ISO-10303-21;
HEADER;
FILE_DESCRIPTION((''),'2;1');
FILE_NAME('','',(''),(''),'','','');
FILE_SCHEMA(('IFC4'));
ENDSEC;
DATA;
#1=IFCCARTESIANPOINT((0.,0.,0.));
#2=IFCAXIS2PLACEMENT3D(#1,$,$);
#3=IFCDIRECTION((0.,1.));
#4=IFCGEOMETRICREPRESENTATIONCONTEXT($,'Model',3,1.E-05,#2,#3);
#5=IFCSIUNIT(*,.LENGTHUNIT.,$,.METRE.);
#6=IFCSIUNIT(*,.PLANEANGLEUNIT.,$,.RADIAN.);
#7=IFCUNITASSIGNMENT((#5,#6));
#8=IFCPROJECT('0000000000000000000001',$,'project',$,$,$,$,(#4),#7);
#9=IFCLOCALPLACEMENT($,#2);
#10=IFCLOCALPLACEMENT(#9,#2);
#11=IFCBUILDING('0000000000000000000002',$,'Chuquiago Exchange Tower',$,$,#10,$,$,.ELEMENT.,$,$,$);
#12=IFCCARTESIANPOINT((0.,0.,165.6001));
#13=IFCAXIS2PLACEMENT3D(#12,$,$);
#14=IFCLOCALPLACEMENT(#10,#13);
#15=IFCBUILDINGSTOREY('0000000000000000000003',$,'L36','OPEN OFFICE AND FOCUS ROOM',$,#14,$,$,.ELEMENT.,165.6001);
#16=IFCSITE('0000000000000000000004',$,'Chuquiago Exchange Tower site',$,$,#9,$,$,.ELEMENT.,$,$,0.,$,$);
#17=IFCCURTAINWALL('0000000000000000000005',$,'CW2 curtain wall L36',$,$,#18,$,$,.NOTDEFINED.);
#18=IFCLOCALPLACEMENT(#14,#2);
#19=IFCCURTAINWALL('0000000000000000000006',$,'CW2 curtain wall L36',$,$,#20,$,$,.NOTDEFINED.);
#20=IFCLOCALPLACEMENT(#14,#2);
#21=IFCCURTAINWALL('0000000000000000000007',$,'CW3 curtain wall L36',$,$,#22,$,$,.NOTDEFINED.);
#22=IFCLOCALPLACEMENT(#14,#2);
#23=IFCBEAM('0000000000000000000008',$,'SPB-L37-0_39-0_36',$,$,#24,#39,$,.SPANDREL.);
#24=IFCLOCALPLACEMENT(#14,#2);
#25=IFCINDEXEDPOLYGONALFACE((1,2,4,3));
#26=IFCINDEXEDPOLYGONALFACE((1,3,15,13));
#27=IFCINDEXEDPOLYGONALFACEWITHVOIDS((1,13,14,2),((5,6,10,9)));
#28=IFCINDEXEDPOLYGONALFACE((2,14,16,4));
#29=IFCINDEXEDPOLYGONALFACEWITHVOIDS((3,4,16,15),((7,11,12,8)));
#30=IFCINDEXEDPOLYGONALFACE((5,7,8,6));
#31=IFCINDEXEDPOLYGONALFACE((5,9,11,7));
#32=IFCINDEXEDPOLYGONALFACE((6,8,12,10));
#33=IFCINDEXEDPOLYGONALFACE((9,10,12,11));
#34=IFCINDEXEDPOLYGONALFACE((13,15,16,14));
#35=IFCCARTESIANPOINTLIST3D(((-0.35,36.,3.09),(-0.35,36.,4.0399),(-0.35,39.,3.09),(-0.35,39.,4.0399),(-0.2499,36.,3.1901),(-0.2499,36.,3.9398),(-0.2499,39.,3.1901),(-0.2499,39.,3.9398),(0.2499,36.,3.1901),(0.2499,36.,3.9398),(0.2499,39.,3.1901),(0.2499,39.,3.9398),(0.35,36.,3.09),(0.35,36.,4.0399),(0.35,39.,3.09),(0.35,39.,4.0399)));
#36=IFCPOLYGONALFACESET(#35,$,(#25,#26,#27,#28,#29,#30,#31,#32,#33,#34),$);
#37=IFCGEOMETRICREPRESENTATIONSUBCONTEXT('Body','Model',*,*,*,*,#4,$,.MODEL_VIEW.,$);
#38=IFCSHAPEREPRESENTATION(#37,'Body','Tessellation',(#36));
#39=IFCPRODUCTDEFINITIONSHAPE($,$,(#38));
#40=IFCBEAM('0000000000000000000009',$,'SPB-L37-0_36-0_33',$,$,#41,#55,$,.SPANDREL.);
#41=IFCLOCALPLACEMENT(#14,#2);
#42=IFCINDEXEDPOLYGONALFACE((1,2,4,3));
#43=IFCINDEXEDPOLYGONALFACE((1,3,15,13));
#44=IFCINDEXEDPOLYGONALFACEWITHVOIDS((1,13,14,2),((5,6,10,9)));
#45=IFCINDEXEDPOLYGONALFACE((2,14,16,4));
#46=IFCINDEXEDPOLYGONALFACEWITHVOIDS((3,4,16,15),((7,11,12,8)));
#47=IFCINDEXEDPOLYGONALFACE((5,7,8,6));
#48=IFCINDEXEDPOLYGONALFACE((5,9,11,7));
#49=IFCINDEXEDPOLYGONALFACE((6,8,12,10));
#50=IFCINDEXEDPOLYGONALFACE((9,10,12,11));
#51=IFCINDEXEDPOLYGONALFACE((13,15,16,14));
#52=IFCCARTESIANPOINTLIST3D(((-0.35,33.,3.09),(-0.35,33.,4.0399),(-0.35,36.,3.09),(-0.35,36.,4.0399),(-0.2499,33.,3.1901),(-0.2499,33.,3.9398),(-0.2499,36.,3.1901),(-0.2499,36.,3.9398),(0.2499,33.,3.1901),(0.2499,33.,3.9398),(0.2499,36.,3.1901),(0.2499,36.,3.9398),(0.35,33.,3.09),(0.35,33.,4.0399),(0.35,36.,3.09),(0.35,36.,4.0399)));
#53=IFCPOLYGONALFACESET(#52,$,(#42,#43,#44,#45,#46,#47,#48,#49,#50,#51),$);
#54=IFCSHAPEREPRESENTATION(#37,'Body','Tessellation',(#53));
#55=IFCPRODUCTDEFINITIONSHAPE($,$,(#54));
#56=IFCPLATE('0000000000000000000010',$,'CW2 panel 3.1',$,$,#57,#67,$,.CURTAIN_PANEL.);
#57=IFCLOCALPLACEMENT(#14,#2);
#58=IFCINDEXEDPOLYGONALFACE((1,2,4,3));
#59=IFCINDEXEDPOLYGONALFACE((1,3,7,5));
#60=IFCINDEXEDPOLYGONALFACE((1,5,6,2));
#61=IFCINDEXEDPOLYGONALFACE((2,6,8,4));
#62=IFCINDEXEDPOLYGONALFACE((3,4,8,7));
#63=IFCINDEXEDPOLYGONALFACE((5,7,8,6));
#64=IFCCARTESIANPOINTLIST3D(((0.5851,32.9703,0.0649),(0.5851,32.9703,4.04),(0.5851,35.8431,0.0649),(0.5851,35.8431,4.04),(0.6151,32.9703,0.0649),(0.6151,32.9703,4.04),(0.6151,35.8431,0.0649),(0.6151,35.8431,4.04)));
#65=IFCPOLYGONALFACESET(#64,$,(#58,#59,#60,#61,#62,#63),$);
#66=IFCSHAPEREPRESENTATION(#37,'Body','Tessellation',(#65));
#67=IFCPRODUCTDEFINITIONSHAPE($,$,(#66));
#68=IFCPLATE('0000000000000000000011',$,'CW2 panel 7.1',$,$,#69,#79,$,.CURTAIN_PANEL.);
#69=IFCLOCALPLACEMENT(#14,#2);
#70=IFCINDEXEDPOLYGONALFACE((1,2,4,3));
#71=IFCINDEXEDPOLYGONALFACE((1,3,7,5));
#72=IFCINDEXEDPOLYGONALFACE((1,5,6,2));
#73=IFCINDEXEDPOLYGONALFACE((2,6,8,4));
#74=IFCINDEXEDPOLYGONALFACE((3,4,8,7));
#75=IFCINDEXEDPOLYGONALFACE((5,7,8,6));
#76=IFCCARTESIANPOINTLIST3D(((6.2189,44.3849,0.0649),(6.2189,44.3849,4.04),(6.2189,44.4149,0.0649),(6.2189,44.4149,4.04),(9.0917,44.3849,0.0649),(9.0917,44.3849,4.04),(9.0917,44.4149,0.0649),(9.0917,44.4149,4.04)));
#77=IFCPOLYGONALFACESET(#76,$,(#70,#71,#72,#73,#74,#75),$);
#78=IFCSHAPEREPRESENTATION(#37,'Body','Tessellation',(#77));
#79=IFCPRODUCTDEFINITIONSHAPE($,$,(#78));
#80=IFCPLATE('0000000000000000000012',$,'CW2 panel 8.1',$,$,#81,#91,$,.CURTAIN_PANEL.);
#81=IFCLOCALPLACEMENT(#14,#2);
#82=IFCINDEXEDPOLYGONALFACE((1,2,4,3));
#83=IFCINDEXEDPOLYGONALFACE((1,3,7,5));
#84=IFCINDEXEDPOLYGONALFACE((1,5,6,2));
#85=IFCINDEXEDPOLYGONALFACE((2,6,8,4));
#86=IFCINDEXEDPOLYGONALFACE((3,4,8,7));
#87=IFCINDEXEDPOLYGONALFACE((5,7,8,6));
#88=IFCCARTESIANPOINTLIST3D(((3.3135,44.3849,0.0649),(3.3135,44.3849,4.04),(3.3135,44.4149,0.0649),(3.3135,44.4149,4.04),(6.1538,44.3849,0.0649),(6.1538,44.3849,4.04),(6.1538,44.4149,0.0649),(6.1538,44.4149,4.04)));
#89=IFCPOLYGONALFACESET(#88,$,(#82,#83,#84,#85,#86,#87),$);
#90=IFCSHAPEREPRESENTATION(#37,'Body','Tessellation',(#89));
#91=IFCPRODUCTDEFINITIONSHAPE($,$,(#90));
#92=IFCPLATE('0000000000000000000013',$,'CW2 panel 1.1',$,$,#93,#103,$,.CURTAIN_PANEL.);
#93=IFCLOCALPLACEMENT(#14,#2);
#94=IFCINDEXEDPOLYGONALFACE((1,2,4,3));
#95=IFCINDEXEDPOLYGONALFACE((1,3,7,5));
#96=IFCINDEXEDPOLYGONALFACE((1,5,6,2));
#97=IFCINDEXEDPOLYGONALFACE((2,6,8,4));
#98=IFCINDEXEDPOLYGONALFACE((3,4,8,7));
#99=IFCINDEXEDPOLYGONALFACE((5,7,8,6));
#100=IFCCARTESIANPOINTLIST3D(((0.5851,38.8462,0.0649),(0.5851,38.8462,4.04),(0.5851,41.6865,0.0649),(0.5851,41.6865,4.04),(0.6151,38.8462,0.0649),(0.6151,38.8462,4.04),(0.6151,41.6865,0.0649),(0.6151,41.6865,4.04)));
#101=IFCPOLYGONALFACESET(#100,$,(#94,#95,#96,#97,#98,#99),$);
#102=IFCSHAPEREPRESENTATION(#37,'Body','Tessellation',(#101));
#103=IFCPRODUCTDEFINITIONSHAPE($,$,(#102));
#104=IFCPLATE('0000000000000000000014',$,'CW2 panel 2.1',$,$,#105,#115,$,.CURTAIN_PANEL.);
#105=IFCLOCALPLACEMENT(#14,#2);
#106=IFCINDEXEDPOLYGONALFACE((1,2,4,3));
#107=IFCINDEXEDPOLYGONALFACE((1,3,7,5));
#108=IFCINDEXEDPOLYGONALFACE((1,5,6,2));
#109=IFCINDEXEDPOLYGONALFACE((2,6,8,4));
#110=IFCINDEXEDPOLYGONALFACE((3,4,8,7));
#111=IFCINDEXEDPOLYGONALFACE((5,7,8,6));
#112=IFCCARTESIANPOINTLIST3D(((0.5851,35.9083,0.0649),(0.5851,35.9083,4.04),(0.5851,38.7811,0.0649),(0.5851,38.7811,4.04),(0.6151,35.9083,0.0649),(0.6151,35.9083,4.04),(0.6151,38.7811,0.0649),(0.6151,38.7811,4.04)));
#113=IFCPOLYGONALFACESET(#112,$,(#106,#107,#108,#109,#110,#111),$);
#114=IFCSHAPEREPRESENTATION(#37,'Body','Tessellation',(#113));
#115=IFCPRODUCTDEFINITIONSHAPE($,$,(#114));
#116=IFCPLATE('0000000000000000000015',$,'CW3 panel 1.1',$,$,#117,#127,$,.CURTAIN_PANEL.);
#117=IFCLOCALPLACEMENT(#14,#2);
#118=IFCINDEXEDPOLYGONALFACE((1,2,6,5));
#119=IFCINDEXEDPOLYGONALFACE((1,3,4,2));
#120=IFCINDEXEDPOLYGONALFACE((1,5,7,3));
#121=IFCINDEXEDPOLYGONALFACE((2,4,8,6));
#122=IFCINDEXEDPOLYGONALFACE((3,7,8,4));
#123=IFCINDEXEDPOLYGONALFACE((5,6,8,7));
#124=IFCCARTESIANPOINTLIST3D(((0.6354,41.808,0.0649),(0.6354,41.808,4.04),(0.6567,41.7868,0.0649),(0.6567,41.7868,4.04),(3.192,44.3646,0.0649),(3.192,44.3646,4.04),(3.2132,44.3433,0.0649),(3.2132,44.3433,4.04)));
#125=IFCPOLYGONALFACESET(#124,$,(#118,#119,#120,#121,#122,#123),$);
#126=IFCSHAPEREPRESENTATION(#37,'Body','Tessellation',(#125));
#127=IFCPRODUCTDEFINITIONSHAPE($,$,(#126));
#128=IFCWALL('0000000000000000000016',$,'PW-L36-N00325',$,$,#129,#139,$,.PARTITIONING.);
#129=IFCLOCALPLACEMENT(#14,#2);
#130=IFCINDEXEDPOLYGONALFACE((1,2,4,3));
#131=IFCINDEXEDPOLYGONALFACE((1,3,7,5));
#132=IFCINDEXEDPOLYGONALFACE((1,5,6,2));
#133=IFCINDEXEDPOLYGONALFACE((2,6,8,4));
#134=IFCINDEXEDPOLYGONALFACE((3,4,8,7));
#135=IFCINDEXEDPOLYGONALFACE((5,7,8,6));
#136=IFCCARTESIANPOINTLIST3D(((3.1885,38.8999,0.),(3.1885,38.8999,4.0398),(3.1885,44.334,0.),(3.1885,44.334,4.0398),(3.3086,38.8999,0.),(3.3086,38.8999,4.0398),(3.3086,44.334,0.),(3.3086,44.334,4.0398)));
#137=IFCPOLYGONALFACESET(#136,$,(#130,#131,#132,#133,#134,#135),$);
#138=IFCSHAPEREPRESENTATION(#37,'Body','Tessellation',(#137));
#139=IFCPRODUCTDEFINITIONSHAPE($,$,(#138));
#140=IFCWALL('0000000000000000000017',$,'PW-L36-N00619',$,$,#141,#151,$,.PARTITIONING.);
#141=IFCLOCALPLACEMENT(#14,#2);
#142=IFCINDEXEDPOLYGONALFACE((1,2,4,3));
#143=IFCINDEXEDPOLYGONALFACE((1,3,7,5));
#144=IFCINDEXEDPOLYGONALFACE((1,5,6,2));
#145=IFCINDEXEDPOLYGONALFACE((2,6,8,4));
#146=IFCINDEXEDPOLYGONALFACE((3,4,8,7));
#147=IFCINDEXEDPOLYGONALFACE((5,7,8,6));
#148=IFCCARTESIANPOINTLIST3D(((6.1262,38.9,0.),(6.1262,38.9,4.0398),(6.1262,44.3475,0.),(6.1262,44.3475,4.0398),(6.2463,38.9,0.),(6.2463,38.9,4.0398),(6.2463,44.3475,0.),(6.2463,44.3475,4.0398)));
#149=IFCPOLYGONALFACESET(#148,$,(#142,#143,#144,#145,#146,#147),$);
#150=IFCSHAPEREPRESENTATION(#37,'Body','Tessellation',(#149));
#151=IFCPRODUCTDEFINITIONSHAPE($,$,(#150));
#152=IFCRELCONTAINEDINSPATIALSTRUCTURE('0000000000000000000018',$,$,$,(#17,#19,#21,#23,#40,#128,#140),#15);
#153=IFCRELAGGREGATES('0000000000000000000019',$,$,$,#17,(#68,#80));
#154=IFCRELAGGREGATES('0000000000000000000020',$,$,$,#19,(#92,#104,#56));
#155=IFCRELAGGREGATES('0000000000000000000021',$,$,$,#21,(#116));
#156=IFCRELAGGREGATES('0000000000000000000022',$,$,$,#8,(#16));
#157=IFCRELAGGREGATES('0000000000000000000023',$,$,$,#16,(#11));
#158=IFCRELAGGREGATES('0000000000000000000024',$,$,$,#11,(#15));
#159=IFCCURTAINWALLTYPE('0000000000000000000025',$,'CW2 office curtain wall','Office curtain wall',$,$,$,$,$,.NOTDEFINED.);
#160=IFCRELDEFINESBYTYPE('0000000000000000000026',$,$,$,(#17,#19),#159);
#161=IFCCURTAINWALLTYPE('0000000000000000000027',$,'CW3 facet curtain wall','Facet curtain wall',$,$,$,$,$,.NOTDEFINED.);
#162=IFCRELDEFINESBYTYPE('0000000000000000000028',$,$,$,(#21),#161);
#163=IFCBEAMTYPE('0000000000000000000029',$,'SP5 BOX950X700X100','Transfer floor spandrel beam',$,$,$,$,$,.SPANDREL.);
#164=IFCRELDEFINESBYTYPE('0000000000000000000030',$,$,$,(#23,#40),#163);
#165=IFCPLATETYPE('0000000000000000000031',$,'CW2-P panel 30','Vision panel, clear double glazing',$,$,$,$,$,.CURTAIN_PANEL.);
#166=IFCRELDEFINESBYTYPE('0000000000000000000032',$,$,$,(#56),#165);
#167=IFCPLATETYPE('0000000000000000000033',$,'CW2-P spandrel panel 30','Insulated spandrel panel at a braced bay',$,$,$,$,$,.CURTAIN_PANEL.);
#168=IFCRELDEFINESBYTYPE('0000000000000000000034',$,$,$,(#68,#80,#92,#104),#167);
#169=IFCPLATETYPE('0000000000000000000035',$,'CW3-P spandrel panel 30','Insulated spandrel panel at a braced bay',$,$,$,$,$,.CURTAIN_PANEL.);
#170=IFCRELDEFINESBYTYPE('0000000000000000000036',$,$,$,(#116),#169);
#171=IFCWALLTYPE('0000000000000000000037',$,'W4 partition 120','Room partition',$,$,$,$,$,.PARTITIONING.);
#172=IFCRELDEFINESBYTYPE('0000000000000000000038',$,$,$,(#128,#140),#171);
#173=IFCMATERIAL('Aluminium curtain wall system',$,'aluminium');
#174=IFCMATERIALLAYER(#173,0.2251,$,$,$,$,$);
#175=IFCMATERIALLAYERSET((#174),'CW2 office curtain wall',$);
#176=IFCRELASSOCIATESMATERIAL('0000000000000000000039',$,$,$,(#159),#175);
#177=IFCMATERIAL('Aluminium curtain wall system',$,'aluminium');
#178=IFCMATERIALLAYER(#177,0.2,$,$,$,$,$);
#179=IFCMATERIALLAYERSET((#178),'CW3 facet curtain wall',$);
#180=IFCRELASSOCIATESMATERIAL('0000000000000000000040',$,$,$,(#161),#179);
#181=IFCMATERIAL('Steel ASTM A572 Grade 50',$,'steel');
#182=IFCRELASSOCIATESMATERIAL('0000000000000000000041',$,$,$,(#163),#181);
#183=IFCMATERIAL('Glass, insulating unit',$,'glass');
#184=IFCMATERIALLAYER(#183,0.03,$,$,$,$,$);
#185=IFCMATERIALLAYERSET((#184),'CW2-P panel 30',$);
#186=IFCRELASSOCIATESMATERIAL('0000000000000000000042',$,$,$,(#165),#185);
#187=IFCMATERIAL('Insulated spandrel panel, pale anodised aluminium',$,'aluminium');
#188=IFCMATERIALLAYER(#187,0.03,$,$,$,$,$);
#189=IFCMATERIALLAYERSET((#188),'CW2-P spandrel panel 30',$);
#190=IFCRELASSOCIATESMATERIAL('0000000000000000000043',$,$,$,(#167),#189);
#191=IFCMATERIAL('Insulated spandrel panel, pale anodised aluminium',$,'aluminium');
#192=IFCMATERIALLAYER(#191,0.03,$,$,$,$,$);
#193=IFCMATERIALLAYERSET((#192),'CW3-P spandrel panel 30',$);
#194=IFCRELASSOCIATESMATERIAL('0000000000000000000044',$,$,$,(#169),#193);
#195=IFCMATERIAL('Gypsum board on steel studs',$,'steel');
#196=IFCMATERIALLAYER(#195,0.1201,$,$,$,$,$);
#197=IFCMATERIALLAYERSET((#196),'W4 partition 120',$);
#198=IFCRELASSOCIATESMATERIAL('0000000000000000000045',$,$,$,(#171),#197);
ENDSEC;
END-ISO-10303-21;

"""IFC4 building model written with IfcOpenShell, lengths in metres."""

from ifc_helpers import new_model, si_unit, direction, frame, frame_2d, origin, origin_2d, place, context, subcontext, project, spatial, rectangle, hollow_rectangle, extrude, material, layer, layer_set, material_profile, profile_set, type_object, element, aggregate, save


model = new_model("IFC4")

# Units and contexts
model_context = context("Model", 3, precision=1e-05, world=origin(), true_north=direction((0.0, 1.0)))
body_context = subcontext(model_context, "Body", "Model", "MODEL_VIEW")
ifc_project = project(units=[si_unit("LENGTHUNIT", "METRE"), si_unit("PLANEANGLEUNIT", "RADIAN")], contexts=[model_context])

# Site, building, storey
site_placement = place(None, origin())
site = spatial("IfcSite", under=ifc_project, at=site_placement, Name="Chuquiago Exchange Tower site", CompositionType="ELEMENT", RefElevation=0.0)
building_placement = place(site_placement, origin())
building = spatial("IfcBuilding", under=site, at=building_placement, Name="Chuquiago Exchange Tower", CompositionType="ELEMENT")
storey_placement = place(building_placement, frame((0.0, 0.0, 165.6001)))
storey = spatial("IfcBuildingStorey", under=building, at=storey_placement, Name="L36", Description="OPEN OFFICE AND FOCUS ROOM", CompositionType="ELEMENT", Elevation=165.6001)

# Curtain walls
ifc_material_1 = material(Name="Aluminium curtain wall system", Category="aluminium")
ifc_layer_1 = layer(ifc_material_1, 0.2251)
ifc_layer_set_1 = layer_set([ifc_layer_1], Name="CW2 office curtain wall")
curtain_wall_type_1 = type_object("IfcCurtainWallType", Name="CW2 office curtain wall", Description="Office curtain wall", PredefinedType="NOTDEFINED", material=ifc_layer_set_1)
curtain_wall_1_placement = place(storey_placement, origin())
curtain_wall_1 = element("IfcCurtainWall", 1, at=curtain_wall_1_placement, inside=storey, type_object=curtain_wall_type_1, Name="CW2 curtain wall L36", PredefinedType="NOTDEFINED")
curtain_wall_2_placement = place(storey_placement, origin())
curtain_wall_2 = element("IfcCurtainWall", 2, at=curtain_wall_2_placement, inside=storey, type_object=curtain_wall_type_1, Name="CW2 curtain wall L36", PredefinedType="NOTDEFINED")

# Curtain wall
ifc_material_2 = material(Name="Aluminium curtain wall system", Category="aluminium")
ifc_layer_2 = layer(ifc_material_2, 0.2)
ifc_layer_set_2 = layer_set([ifc_layer_2], Name="CW3 facet curtain wall")
curtain_wall_type_2 = type_object("IfcCurtainWallType", Name="CW3 facet curtain wall", Description="Facet curtain wall", PredefinedType="NOTDEFINED", material=ifc_layer_set_2)
curtain_wall_3_placement = place(storey_placement, origin())
curtain_wall_3 = element("IfcCurtainWall", 3, at=curtain_wall_3_placement, inside=storey, type_object=curtain_wall_type_2, Name="CW3 curtain wall L36", PredefinedType="NOTDEFINED")

# Beams
ifc_material_3 = material(Name="Steel ASTM A572 Grade 50", Category="steel")
ifc_material_profile_1 = material_profile(ifc_material_3, hollow_rectangle(XDim=0.7, YDim=0.95, WallThickness=0.1001, at=origin_2d()), Name="BOX950X700X100")
ifc_profile_set_1 = profile_set([ifc_material_profile_1], Name="Steel ASTM A572 Grade 50")
beam_type = type_object("IfcBeamType", Name="SP5 BOX950X700X100", Description="Transfer floor spandrel beam", PredefinedType="SPANDREL", material=ifc_profile_set_1)
for number, where, z_axis, x_axis, name in (
    (4, (0.0, 39.0, 3.5649), (0.0, -1.0, 0.0), (1.0, 0.0, 0.0), "SPB-L37-0_39-0_36"),
    (5, (0.0, 36.0, 3.5649), (0.0, -1.0, 0.0), (1.0, 0.0, 0.0), "SPB-L37-0_36-0_33"),
):
    element("IfcBeam", number, at=place(storey_placement, frame(where, z_axis=z_axis, x_axis=x_axis)), inside=storey, type_object=beam_type, Name=name, PredefinedType="SPANDREL", context=body_context, shape_type="SweptSolid", body=[
        extrude(hollow_rectangle(XDim=0.7, YDim=0.95, WallThickness=0.1001, at=origin_2d()), origin(), (0.0, 0.0, 1.0), 3.0),
    ])

# Plates
ifc_material_4 = material(Name="Glass, insulating unit", Category="glass")
ifc_layer_3 = layer(ifc_material_4, 0.03)
ifc_layer_set_3 = layer_set([ifc_layer_3], Name="CW2-P panel 30")
plate_type_1 = type_object("IfcPlateType", Name="CW2-P panel 30", Description="Vision panel, clear double glazing", PredefinedType="CURTAIN_PANEL", material=ifc_layer_set_3)
plate_1_placement = place(storey_placement, frame((0.6001, 34.4067, 0.0649), z_axis=(0.0, 0.0, 1.0), x_axis=(0.0, -1.0, 0.0)))
plate_1 = element("IfcPlate", 6, at=plate_1_placement, type_object=plate_type_1, Name="CW2 panel 3.1", PredefinedType="CURTAIN_PANEL", context=body_context, shape_type="SweptSolid", body=[
    extrude(rectangle(XDim=2.8728, YDim=0.03, at=origin_2d()), origin(), (0.0, 0.0, 1.0), 3.9751),
])
ifc_material_5 = material(Name="Insulated spandrel panel, pale anodised aluminium", Category="aluminium")
ifc_layer_4 = layer(ifc_material_5, 0.03)
ifc_layer_set_4 = layer_set([ifc_layer_4], Name="CW2-P spandrel panel 30")
plate_type_2 = type_object("IfcPlateType", Name="CW2-P spandrel panel 30", Description="Insulated spandrel panel at a braced bay", PredefinedType="CURTAIN_PANEL", material=ifc_layer_set_4)
plate_2_placement = place(storey_placement, frame((7.6553, 44.3999, 0.0649), z_axis=(0.0, 0.0, 1.0), x_axis=(-1.0, 0.0, 0.0)))
plate_2 = element("IfcPlate", 7, at=plate_2_placement, type_object=plate_type_2, Name="CW2 panel 7.1", PredefinedType="CURTAIN_PANEL", context=body_context, shape_type="SweptSolid", body=[
    extrude(rectangle(XDim=2.8728, YDim=0.03, at=origin_2d()), origin(), (0.0, 0.0, 1.0), 3.9751),
])
plate_3_placement = place(storey_placement, frame((4.7336, 44.3999, 0.0649), z_axis=(0.0, 0.0, 1.0), x_axis=(-1.0, 0.0, 0.0)))
plate_3 = element("IfcPlate", 8, at=plate_3_placement, type_object=plate_type_2, Name="CW2 panel 8.1", PredefinedType="CURTAIN_PANEL", context=body_context, shape_type="SweptSolid", body=[
    extrude(rectangle(XDim=2.8403, YDim=0.03, at=origin_2d()), origin(), (0.0, 0.0, 1.0), 3.9751),
])
aggregate(curtain_wall_1, [plate_2, plate_3])
plate_4_placement = place(storey_placement, frame((0.6001, 40.2664, 0.0649), z_axis=(0.0, 0.0, 1.0), x_axis=(0.0, -1.0, 0.0)))
plate_4 = element("IfcPlate", 9, at=plate_4_placement, type_object=plate_type_2, Name="CW2 panel 1.1", PredefinedType="CURTAIN_PANEL", context=body_context, shape_type="SweptSolid", body=[
    extrude(rectangle(XDim=2.8403, YDim=0.03, at=origin_2d()), origin(), (0.0, 0.0, 1.0), 3.9751),
])
plate_5_placement = place(storey_placement, frame((0.6001, 37.3447, 0.0649), z_axis=(0.0, 0.0, 1.0), x_axis=(0.0, -1.0, 0.0)))
plate_5 = element("IfcPlate", 10, at=plate_5_placement, type_object=plate_type_2, Name="CW2 panel 2.1", PredefinedType="CURTAIN_PANEL", context=body_context, shape_type="SweptSolid", body=[
    extrude(rectangle(XDim=2.8728, YDim=0.03, at=origin_2d()), origin(), (0.0, 0.0, 1.0), 3.9751),
])
aggregate(curtain_wall_2, [plate_4, plate_5, plate_1])
ifc_material_6 = material(Name="Insulated spandrel panel, pale anodised aluminium", Category="aluminium")
ifc_layer_5 = layer(ifc_material_6, 0.03)
ifc_layer_set_5 = layer_set([ifc_layer_5], Name="CW3-P spandrel panel 30")
plate_type_3 = type_object("IfcPlateType", Name="CW3-P spandrel panel 30", Description="Insulated spandrel panel at a braced bay", PredefinedType="CURTAIN_PANEL", material=ifc_layer_set_5)
plate_6_placement = place(storey_placement, frame((1.9243, 43.0757, 0.0649), z_axis=(0.0, 0.0, 1.0), x_axis=(-0.707107, -0.707107, 0.0)))
plate_6 = element("IfcPlate", 11, at=plate_6_placement, type_object=plate_type_3, Name="CW3 panel 1.1", PredefinedType="CURTAIN_PANEL", context=body_context, shape_type="SweptSolid", body=[
    extrude(rectangle(XDim=3.6155, YDim=0.03, at=origin_2d()), origin(), (0.0, 0.0, 1.0), 3.9751),
])
aggregate(curtain_wall_3, [plate_6])

# Walls
ifc_material_7 = material(Name="Gypsum board on steel studs", Category="steel")
ifc_layer_6 = layer(ifc_material_7, 0.1201)
ifc_layer_set_6 = layer_set([ifc_layer_6], Name="W4 partition 120")
wall_type = type_object("IfcWallType", Name="W4 partition 120", Description="Room partition", PredefinedType="PARTITIONING", material=ifc_layer_set_6)
wall_1_placement = place(storey_placement, frame((3.2485, 44.334, 0.0), z_axis=(0.0, 0.0, 1.0), x_axis=(0.0, -1.0, 0.0)))
element("IfcWall", 12, at=wall_1_placement, inside=storey, type_object=wall_type, Name="PW-L36-N00325", PredefinedType="PARTITIONING", context=body_context, shape_type="SweptSolid", body=[
    extrude(rectangle(XDim=5.4341, YDim=0.1201, at=frame_2d((2.717, 0.0))), origin(), (0.0, 0.0, 1.0), 4.0398),
])
wall_2_placement = place(storey_placement, frame((6.1863, 44.3474, 0.0), z_axis=(0.0, 0.0, 1.0), x_axis=(0.0, -1.0, 0.0)))
element("IfcWall", 13, at=wall_2_placement, inside=storey, type_object=wall_type, Name="PW-L36-N00619", PredefinedType="PARTITIONING", context=body_context, shape_type="SweptSolid", body=[
    extrude(rectangle(XDim=5.4475, YDim=0.1201, at=frame_2d((2.7236, 0.0))), origin(), (0.0, 0.0, 1.0), 4.0398),
])

save(model, "model.ifc")
